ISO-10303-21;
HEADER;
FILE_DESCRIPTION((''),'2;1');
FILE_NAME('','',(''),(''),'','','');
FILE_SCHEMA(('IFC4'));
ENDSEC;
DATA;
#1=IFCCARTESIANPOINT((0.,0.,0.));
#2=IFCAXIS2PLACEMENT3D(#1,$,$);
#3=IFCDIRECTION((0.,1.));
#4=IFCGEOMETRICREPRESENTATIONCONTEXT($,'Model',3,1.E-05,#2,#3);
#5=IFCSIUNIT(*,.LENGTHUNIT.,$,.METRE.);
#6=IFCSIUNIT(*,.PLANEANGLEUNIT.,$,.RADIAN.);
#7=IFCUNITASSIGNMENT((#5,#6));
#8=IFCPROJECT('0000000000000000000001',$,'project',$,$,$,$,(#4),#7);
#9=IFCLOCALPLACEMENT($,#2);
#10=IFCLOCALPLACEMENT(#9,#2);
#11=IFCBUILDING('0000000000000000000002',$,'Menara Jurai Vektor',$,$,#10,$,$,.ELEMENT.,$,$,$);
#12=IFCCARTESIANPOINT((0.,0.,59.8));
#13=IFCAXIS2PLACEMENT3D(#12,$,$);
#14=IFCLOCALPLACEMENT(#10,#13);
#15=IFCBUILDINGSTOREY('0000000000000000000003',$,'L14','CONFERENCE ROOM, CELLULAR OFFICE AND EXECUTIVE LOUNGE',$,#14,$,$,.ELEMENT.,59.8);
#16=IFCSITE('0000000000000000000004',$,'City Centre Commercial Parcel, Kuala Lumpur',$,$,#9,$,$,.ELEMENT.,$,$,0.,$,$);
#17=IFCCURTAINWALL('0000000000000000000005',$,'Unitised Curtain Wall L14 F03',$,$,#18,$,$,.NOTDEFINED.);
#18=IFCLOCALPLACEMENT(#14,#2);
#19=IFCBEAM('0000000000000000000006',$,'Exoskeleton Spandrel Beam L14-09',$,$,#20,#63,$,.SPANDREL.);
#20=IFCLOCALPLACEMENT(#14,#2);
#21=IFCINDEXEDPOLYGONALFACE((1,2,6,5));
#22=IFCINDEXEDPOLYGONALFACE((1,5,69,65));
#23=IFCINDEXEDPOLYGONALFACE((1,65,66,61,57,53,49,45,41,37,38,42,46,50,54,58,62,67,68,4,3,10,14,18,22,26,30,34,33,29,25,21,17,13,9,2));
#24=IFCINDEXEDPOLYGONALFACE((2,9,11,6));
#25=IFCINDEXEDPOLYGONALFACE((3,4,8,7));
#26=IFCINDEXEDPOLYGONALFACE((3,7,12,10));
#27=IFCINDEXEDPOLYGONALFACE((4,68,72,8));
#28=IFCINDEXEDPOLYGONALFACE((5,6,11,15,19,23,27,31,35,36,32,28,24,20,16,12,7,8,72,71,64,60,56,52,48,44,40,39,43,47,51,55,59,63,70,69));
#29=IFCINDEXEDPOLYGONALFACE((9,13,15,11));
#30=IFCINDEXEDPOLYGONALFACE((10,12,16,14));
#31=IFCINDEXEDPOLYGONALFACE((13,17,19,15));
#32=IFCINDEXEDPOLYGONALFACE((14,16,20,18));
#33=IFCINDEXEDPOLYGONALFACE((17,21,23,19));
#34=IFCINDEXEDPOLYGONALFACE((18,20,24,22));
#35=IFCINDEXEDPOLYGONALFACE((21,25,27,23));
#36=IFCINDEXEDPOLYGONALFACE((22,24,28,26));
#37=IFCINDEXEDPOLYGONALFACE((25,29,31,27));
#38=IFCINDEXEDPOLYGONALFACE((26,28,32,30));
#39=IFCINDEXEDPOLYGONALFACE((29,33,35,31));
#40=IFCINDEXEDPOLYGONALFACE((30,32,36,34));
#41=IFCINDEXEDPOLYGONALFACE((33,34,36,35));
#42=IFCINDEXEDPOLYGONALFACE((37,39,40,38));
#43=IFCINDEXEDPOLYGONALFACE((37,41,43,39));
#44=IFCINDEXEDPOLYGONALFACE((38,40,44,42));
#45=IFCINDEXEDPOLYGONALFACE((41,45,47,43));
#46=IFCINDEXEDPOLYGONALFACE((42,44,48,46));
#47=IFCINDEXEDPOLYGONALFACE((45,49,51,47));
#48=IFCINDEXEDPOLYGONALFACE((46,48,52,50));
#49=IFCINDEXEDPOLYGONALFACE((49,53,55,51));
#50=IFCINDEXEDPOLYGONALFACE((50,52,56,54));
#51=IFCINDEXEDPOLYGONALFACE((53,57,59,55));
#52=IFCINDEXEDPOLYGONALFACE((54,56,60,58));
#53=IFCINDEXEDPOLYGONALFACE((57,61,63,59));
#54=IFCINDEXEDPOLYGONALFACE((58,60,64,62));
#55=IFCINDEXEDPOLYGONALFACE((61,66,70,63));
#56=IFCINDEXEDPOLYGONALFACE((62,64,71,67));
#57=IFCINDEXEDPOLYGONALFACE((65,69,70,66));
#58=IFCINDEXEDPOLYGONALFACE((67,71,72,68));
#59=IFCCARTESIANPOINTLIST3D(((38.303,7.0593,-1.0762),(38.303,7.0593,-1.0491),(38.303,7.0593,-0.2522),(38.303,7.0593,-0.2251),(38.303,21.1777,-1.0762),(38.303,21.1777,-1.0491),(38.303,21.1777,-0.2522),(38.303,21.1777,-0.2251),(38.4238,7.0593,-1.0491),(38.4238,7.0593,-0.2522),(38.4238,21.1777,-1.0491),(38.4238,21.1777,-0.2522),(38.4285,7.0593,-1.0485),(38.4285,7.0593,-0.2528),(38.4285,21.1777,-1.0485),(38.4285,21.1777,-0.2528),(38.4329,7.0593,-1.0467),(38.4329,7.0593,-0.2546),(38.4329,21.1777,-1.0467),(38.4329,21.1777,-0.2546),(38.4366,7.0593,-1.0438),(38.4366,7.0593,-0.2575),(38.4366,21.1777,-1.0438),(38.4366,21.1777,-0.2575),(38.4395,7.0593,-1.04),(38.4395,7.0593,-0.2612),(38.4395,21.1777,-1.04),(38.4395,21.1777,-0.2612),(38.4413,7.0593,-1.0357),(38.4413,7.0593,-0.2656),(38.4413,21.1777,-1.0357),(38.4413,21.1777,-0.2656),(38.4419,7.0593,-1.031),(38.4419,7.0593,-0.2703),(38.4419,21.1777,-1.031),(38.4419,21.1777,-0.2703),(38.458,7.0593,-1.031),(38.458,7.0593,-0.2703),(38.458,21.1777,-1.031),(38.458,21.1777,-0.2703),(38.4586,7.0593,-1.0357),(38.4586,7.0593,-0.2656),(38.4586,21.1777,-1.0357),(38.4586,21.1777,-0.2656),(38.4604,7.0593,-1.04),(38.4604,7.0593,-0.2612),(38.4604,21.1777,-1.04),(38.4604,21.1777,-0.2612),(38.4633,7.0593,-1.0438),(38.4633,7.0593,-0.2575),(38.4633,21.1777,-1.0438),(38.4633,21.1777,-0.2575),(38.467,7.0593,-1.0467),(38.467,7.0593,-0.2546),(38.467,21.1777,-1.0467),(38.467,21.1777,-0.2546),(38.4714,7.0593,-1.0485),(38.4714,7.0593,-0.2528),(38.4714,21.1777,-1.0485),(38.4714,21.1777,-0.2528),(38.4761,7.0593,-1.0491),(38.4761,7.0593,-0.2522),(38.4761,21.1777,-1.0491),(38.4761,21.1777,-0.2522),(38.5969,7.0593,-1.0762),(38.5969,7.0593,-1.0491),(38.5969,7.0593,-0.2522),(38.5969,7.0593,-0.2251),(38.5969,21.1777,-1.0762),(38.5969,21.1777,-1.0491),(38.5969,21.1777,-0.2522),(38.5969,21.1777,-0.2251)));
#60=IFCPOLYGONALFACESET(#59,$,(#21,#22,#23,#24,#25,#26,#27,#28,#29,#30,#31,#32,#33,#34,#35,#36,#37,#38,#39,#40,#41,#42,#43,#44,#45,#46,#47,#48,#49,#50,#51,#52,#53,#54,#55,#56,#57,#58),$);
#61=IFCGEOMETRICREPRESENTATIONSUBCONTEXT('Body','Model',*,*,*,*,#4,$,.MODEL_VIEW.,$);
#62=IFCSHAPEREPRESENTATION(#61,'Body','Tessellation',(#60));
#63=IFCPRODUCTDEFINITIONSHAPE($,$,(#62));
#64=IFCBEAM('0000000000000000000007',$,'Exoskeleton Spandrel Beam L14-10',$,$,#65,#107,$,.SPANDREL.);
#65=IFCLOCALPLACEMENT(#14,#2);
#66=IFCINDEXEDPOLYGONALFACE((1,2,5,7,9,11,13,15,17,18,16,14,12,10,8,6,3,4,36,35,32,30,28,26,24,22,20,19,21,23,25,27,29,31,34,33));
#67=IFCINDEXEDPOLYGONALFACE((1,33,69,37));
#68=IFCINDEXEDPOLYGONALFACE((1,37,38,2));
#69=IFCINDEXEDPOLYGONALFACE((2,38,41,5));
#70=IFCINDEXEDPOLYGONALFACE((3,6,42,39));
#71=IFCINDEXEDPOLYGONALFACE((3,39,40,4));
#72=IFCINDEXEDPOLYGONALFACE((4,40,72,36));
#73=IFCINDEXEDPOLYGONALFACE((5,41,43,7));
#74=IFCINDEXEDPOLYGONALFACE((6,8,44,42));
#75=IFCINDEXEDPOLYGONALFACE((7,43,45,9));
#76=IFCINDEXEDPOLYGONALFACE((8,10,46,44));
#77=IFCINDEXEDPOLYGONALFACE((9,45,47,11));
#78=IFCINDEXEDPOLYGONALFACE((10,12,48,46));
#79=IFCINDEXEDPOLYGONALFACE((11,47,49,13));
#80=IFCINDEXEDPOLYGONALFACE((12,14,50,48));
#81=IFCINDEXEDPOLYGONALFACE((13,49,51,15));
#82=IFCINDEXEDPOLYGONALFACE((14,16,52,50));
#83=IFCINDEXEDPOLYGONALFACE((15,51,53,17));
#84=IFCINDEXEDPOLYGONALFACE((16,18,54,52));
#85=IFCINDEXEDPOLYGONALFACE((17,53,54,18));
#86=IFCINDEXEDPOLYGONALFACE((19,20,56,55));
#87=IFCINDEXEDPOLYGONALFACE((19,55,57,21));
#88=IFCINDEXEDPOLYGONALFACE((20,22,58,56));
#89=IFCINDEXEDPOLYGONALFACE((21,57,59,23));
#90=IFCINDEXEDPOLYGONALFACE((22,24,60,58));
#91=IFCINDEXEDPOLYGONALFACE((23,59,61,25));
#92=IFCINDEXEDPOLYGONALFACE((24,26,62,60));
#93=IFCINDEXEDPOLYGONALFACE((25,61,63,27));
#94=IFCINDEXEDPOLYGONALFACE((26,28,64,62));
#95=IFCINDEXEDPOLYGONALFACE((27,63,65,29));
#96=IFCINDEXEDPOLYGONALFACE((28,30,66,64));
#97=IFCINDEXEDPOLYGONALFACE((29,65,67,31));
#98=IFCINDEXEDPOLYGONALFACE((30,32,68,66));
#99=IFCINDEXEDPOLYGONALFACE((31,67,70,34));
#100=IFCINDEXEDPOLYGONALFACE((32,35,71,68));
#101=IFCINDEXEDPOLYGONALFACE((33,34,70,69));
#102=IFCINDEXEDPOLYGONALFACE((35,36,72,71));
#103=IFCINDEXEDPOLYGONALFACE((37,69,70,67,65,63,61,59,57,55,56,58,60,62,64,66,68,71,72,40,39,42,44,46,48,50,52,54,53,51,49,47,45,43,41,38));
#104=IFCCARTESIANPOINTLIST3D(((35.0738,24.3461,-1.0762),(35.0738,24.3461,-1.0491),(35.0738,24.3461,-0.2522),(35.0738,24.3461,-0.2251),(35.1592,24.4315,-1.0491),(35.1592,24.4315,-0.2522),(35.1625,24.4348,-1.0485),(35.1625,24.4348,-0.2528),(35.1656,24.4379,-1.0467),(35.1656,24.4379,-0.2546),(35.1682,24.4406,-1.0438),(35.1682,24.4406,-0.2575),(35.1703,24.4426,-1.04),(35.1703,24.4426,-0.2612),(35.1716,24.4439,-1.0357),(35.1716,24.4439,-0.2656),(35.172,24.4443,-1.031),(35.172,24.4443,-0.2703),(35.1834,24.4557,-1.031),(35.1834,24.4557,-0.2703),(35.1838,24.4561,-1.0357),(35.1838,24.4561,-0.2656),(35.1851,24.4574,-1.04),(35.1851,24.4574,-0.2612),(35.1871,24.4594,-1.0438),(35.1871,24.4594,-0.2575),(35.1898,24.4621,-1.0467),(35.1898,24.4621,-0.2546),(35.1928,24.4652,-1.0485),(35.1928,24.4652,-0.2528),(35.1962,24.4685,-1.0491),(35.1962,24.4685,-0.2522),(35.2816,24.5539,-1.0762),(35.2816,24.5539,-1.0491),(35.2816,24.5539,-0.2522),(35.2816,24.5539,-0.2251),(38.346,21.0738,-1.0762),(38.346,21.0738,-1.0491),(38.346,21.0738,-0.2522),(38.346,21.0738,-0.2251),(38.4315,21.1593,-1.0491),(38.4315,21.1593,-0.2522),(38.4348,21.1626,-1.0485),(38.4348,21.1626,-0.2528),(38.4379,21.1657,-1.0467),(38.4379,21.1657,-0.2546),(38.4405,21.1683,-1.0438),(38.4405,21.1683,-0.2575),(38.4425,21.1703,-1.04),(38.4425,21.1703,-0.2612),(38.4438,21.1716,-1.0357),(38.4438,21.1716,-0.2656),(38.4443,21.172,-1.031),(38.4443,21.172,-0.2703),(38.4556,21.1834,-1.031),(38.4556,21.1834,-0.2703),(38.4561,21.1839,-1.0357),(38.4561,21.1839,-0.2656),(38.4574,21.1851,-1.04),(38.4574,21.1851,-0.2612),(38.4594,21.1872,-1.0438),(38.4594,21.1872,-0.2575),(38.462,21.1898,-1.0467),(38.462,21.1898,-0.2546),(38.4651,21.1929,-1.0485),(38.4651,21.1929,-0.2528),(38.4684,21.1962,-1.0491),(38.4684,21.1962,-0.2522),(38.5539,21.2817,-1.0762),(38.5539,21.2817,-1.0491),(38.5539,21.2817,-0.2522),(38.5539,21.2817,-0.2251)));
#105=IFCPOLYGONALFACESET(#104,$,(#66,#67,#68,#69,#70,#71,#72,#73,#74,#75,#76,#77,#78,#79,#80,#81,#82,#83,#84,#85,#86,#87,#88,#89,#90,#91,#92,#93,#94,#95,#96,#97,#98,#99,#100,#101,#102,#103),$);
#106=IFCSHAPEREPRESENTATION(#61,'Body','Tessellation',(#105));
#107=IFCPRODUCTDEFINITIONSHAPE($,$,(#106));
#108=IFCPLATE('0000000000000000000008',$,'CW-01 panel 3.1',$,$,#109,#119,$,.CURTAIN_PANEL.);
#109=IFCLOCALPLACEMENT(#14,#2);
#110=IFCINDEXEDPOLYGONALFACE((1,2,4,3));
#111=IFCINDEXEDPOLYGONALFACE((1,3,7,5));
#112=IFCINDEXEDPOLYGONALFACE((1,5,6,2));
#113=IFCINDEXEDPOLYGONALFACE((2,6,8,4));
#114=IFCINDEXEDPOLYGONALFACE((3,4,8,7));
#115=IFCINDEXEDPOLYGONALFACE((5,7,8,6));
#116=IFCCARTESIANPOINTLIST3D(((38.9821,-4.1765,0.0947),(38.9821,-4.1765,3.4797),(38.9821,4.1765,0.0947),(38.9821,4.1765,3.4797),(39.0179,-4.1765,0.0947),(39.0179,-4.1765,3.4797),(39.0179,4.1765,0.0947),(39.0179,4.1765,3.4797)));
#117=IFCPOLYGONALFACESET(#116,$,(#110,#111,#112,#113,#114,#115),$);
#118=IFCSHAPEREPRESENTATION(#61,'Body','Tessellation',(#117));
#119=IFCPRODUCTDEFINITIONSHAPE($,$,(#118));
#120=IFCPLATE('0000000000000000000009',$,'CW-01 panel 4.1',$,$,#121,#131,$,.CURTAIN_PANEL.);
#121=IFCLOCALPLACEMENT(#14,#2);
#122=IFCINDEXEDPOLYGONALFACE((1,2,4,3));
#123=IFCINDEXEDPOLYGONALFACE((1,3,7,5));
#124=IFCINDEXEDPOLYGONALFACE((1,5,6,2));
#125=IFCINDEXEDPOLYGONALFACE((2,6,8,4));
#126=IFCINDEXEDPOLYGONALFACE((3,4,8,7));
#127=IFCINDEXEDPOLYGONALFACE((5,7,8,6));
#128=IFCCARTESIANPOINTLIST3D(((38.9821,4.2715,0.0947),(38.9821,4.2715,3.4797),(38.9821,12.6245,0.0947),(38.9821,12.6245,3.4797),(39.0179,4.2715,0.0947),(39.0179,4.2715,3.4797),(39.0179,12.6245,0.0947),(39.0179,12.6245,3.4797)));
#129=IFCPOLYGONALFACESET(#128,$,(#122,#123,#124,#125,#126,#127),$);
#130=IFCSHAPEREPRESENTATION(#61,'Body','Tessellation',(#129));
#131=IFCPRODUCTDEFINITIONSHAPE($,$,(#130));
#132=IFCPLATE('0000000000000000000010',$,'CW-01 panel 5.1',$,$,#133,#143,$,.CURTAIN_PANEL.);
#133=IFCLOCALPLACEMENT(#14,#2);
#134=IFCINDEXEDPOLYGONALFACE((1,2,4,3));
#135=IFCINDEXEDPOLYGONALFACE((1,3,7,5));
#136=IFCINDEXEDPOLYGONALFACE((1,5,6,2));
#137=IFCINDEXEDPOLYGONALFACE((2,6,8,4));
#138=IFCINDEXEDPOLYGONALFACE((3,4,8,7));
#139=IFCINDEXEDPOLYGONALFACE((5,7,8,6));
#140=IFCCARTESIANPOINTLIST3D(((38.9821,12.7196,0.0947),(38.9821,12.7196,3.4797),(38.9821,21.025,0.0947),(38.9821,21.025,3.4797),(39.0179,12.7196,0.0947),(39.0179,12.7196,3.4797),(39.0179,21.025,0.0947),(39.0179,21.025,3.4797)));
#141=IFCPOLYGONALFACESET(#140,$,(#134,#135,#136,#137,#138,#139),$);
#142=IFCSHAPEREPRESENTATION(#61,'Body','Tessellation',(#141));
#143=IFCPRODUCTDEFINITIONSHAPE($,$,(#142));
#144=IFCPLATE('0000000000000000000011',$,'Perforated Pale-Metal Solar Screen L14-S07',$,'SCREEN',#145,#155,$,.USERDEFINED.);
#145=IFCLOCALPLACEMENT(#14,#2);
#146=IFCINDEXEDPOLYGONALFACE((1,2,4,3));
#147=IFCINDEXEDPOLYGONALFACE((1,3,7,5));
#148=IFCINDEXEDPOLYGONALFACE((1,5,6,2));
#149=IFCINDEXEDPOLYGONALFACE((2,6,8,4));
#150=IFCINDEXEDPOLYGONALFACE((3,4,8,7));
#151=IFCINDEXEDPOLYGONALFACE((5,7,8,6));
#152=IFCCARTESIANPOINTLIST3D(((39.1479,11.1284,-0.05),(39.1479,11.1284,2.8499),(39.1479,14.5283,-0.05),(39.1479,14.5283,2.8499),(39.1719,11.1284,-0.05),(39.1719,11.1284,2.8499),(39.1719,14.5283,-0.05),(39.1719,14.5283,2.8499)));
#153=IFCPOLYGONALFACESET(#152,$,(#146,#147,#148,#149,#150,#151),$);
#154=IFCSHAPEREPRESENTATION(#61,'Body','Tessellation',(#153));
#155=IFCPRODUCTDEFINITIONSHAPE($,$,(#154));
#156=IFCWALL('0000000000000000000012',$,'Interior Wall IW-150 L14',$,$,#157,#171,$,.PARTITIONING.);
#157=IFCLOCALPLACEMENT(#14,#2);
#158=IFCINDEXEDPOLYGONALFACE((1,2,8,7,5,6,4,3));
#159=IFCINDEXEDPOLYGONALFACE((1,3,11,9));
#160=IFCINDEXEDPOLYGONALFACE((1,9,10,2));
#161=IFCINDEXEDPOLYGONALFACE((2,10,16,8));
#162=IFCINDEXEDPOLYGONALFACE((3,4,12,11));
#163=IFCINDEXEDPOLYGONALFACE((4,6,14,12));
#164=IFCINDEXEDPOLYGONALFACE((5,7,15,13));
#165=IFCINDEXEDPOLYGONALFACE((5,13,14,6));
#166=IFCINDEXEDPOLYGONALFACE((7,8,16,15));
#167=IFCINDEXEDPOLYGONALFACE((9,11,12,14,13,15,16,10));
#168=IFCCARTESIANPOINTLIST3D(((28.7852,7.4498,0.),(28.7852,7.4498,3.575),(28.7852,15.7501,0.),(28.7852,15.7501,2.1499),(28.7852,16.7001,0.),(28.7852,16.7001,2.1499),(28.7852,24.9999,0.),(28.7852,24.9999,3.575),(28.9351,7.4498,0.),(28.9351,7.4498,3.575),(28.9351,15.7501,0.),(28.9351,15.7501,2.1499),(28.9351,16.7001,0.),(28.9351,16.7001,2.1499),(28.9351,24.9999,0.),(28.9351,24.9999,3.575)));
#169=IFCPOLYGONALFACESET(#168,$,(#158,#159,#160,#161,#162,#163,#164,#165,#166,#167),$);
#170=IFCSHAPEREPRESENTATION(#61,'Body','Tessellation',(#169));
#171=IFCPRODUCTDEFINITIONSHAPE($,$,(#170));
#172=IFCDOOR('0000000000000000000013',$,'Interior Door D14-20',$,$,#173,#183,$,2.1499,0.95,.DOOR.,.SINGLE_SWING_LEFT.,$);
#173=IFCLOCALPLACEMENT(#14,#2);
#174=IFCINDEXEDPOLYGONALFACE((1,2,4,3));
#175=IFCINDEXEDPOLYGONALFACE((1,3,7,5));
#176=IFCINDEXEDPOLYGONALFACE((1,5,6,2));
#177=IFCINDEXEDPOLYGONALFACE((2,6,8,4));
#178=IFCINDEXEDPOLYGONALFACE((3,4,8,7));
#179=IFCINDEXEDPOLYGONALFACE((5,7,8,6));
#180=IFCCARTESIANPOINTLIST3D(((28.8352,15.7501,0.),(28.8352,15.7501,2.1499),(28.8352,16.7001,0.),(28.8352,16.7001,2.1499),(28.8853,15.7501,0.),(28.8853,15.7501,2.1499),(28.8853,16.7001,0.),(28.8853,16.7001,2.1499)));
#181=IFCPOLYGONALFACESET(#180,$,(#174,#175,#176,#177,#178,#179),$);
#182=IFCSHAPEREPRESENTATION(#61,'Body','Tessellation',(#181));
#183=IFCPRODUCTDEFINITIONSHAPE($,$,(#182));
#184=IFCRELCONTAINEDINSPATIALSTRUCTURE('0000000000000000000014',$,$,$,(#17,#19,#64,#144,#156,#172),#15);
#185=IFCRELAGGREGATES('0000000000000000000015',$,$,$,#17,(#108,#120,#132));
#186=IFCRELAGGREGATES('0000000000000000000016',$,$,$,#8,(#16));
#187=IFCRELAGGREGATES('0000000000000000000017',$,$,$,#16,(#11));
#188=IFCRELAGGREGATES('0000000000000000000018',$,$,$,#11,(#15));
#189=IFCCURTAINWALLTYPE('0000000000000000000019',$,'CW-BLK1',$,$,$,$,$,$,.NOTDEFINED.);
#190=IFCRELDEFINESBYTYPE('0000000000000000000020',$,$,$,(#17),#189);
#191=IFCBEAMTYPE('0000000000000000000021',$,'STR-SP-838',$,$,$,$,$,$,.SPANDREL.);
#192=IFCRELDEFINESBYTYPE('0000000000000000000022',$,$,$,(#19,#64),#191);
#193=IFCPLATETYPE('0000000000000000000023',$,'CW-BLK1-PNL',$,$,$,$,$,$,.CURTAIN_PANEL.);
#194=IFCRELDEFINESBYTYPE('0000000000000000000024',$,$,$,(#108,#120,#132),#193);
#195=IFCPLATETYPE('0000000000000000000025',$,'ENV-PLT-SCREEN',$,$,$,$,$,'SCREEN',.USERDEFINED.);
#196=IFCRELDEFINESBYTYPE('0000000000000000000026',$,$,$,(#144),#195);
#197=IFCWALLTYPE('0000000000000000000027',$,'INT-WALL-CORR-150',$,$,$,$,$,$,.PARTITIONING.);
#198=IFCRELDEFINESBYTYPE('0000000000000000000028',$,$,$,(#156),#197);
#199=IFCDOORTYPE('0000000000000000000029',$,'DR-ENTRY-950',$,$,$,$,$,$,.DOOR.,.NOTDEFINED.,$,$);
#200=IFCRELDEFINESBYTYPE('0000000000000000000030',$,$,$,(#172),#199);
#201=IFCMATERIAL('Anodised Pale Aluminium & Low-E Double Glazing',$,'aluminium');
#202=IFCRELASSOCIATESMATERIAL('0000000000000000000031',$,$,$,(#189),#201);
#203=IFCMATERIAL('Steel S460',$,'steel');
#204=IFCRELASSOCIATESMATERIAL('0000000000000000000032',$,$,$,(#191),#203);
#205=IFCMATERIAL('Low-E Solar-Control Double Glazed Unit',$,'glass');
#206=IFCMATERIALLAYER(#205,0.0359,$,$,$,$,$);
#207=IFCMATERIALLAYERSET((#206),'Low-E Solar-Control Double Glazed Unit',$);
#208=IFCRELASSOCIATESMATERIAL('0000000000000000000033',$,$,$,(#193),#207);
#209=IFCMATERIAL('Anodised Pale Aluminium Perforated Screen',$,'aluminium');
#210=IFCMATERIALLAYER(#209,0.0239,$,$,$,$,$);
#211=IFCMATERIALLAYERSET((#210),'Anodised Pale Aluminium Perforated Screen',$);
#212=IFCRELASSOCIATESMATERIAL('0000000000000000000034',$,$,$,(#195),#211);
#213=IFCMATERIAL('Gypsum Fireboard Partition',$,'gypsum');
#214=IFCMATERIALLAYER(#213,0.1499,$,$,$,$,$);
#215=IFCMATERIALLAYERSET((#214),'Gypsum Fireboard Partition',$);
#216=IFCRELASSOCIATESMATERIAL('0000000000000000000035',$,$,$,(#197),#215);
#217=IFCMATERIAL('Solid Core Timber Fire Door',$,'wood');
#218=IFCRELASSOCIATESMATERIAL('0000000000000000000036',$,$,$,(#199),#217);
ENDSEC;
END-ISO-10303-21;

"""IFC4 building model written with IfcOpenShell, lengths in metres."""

from ifc_helpers import new_model, si_unit, direction, frame, frame_2d, origin, origin_2d, place, context, subcontext, project, spatial, rectangle, i_section, extrude, material, layer, layer_set, material_profile, profile_set, type_object, element, fill, aggregate, save


model = new_model("IFC4")

# Units and contexts
model_context = context("Model", 3, precision=1e-05, world=origin(), true_north=direction((0.0, 1.0)))
body_context = subcontext(model_context, "Body", "Model", "MODEL_VIEW")
ifc_project = project(units=[si_unit("LENGTHUNIT", "METRE"), si_unit("PLANEANGLEUNIT", "RADIAN")], contexts=[model_context])

# Site, building, storey
site_placement = place(None, origin())
site = spatial("IfcSite", under=ifc_project, at=site_placement, Name="City Centre Commercial Parcel, Kuala Lumpur", CompositionType="ELEMENT", RefElevation=0.0)
building_placement = place(site_placement, origin())
building = spatial("IfcBuilding", under=site, at=building_placement, Name="Menara Jurai Vektor", CompositionType="ELEMENT")
storey_placement = place(building_placement, frame((0.0, 0.0, 59.8)))
storey = spatial("IfcBuildingStorey", under=building, at=storey_placement, Name="L14", Description="CONFERENCE ROOM, CELLULAR OFFICE AND EXECUTIVE LOUNGE", CompositionType="ELEMENT", Elevation=59.8)

# Shared definitions
ifc_material_1 = material(Name="Steel S460", Category="steel")

# Curtain wall
ifc_material_2 = material(Name="Anodised Pale Aluminium & Low-E Double Glazing", Category="aluminium")
curtain_wall_type = type_object("IfcCurtainWallType", Name="CW-BLK1", PredefinedType="NOTDEFINED", material=ifc_material_2)
curtain_wall_placement = place(storey_placement, origin())
curtain_wall = element("IfcCurtainWall", 1, at=curtain_wall_placement, inside=storey, type_object=curtain_wall_type, Name="Unitised Curtain Wall L14 F03", PredefinedType="NOTDEFINED")

# Beams
ifc_material_profile_1 = material_profile(ifc_material_1, i_section(OverallWidth=0.2939, OverallDepth=0.8511, WebThickness=0.0161, FlangeThickness=0.0271, FilletRadius=0.0181, at=origin_2d()), Name="UKB 838x292x226")
ifc_profile_set_1 = profile_set([ifc_material_profile_1], Name="Steel S460")
beam_type_1 = type_object("IfcBeamType", Name="STR-SP-838", PredefinedType="SPANDREL", material=ifc_profile_set_1)
beam_1_placement = place(storey_placement, frame((38.45, 7.0593, -0.6506), z_axis=(0.0, 1.0, 0.0), x_axis=(-1.0, 0.0, 0.0)))
element("IfcBeam", 2, at=beam_1_placement, inside=storey, type_object=beam_type_1, Name="Exoskeleton Spandrel Beam L14-09", PredefinedType="SPANDREL", context=body_context, shape_type="SweptSolid", body=[
    extrude(i_section(OverallWidth=0.2939, OverallDepth=0.8511, WebThickness=0.0161, FlangeThickness=0.0271, FilletRadius=0.0181, at=origin_2d()), origin(), (0.0, 0.0, 1.0), 14.1184),
])
beam_2_placement = place(storey_placement, frame((38.45, 21.1777, -0.6506), z_axis=(-0.707107, 0.707107, 0.0), x_axis=(-0.707107, -0.707107, 0.0)))
element("IfcBeam", 3, at=beam_2_placement, inside=storey, type_object=beam_type_1, Name="Exoskeleton Spandrel Beam L14-10", PredefinedType="SPANDREL", context=body_context, shape_type="SweptSolid", body=[
    extrude(i_section(OverallWidth=0.2939, OverallDepth=0.8511, WebThickness=0.0161, FlangeThickness=0.0271, FilletRadius=0.0181, at=origin_2d()), origin(), (0.0, 0.0, 1.0), 4.6277),
])

# Plates
ifc_material_3 = material(Name="Low-E Solar-Control Double Glazed Unit", Category="glass")
ifc_layer_1 = layer(ifc_material_3, 0.0359)
ifc_layer_set_1 = layer_set([ifc_layer_1], Name="Low-E Solar-Control Double Glazed Unit")
plate_type_1 = type_object("IfcPlateType", Name="CW-BLK1-PNL", PredefinedType="CURTAIN_PANEL", material=ifc_layer_set_1)
plate_1_placement = place(storey_placement, frame((39.0, 0.0, 0.0947), z_axis=(0.0, 0.0, 1.0), x_axis=(0.0, 1.0, 0.0)))
plate_1 = element("IfcPlate", 4, at=plate_1_placement, type_object=plate_type_1, Name="CW-01 panel 3.1", PredefinedType="CURTAIN_PANEL", context=body_context, shape_type="SweptSolid", body=[
    extrude(rectangle(XDim=8.353, YDim=0.0359, at=origin_2d()), origin(), (0.0, 0.0, 1.0), 3.385),
])
plate_2_placement = place(storey_placement, frame((39.0, 8.448, 0.0947), z_axis=(0.0, 0.0, 1.0), x_axis=(0.0, 1.0, 0.0)))
plate_2 = element("IfcPlate", 5, at=plate_2_placement, type_object=plate_type_1, Name="CW-01 panel 4.1", PredefinedType="CURTAIN_PANEL", context=body_context, shape_type="SweptSolid", body=[
    extrude(rectangle(XDim=8.353, YDim=0.0359, at=origin_2d()), origin(), (0.0, 0.0, 1.0), 3.385),
])
plate_3_placement = place(storey_placement, frame((39.0, 16.8723, 0.0947), z_axis=(0.0, 0.0, 1.0), x_axis=(0.0, 1.0, 0.0)))
plate_3 = element("IfcPlate", 6, at=plate_3_placement, type_object=plate_type_1, Name="CW-01 panel 5.1", PredefinedType="CURTAIN_PANEL", context=body_context, shape_type="SweptSolid", body=[
    extrude(rectangle(XDim=8.3054, YDim=0.0359, at=origin_2d()), origin(), (0.0, 0.0, 1.0), 3.385),
])
aggregate(curtain_wall, [plate_1, plate_2, plate_3])
ifc_material_4 = material(Name="Anodised Pale Aluminium Perforated Screen", Category="aluminium")
ifc_layer_2 = layer(ifc_material_4, 0.0239)
ifc_layer_set_2 = layer_set([ifc_layer_2], Name="Anodised Pale Aluminium Perforated Screen")
plate_type_2 = type_object("IfcPlateType", Name="ENV-PLT-SCREEN", ElementType="SCREEN", PredefinedType="USERDEFINED", material=ifc_layer_set_2)
plate_4_placement = place(storey_placement, frame((39.1599, 12.8284, -0.05), z_axis=(0.0, 0.0, 1.0), x_axis=(0.0, 1.0, 0.0)))
element("IfcPlate", 7, at=plate_4_placement, inside=storey, type_object=plate_type_2, Name="Perforated Pale-Metal Solar Screen L14-S07", ObjectType="SCREEN", PredefinedType="USERDEFINED", context=body_context, shape_type="SweptSolid", body=[
    extrude(rectangle(XDim=3.3999, YDim=0.0239, at=origin_2d()), origin(), (0.0, 0.0, 1.0), 2.8999),
])

# Wall, opening, door
ifc_material_5 = material(Name="Gypsum Fireboard Partition", Category="gypsum")
ifc_layer_3 = layer(ifc_material_5, 0.1499)
ifc_layer_set_3 = layer_set([ifc_layer_3], Name="Gypsum Fireboard Partition")
wall_type = type_object("IfcWallType", Name="INT-WALL-CORR-150", PredefinedType="PARTITIONING", material=ifc_layer_set_3)
wall_1_placement = place(storey_placement, frame((28.8601, 7.45, 0.0), z_axis=(0.0, 0.0, 1.0), x_axis=(0.0, 1.0, 0.0)))
wall_1 = element("IfcWall", 8, at=wall_1_placement, inside=storey, type_object=wall_type, Name="Interior Wall IW-150 L14", PredefinedType="PARTITIONING", context=body_context, shape_type="SweptSolid", body=[
    extrude(rectangle(XDim=17.55, YDim=0.1499, at=frame_2d((8.7749, 0.0))), origin(), (0.0, 0.0, 1.0), 3.575),
])
opening_placement = place(wall_1_placement, frame((8.3, 0.0, 0.0)))
opening = element("IfcOpeningElement", 9, at=opening_placement, cuts=wall_1, PredefinedType="OPENING", context=body_context, shape_type="SweptSolid", body=[
    extrude(rectangle(XDim=0.95, YDim=2.1499, at=frame_2d((0.4751, 1.075))), frame((0.0, 0.085, 0.0), z_axis=(0.0, -1.0, 0.0), x_axis=(1.0, 0.0, 0.0)), (0.0, 0.0, 1.0), 0.1699),
])
ifc_material_6 = material(Name="Solid Core Timber Fire Door", Category="wood")
door_type = type_object("IfcDoorType", Name="DR-ENTRY-950", OperationType="NOTDEFINED", PredefinedType="DOOR", material=ifc_material_6)
door_placement = place(opening_placement, origin())
door = element("IfcDoor", 10, at=door_placement, inside=storey, type_object=door_type, Name="Interior Door D14-20", OperationType="SINGLE_SWING_LEFT", OverallHeight=2.1499, OverallWidth=0.95, PredefinedType="DOOR", context=body_context, shape_type="SweptSolid", body=[
    extrude(rectangle(XDim=0.95, YDim=2.1499, at=frame_2d((0.4751, 1.075))), frame((0.0, 0.0249, 0.0), z_axis=(0.0, -1.0, 0.0), x_axis=(1.0, 0.0, 0.0)), (0.0, 0.0, 1.0), 0.05),
])
fill(opening, door)

save(model, "model.ifc")
